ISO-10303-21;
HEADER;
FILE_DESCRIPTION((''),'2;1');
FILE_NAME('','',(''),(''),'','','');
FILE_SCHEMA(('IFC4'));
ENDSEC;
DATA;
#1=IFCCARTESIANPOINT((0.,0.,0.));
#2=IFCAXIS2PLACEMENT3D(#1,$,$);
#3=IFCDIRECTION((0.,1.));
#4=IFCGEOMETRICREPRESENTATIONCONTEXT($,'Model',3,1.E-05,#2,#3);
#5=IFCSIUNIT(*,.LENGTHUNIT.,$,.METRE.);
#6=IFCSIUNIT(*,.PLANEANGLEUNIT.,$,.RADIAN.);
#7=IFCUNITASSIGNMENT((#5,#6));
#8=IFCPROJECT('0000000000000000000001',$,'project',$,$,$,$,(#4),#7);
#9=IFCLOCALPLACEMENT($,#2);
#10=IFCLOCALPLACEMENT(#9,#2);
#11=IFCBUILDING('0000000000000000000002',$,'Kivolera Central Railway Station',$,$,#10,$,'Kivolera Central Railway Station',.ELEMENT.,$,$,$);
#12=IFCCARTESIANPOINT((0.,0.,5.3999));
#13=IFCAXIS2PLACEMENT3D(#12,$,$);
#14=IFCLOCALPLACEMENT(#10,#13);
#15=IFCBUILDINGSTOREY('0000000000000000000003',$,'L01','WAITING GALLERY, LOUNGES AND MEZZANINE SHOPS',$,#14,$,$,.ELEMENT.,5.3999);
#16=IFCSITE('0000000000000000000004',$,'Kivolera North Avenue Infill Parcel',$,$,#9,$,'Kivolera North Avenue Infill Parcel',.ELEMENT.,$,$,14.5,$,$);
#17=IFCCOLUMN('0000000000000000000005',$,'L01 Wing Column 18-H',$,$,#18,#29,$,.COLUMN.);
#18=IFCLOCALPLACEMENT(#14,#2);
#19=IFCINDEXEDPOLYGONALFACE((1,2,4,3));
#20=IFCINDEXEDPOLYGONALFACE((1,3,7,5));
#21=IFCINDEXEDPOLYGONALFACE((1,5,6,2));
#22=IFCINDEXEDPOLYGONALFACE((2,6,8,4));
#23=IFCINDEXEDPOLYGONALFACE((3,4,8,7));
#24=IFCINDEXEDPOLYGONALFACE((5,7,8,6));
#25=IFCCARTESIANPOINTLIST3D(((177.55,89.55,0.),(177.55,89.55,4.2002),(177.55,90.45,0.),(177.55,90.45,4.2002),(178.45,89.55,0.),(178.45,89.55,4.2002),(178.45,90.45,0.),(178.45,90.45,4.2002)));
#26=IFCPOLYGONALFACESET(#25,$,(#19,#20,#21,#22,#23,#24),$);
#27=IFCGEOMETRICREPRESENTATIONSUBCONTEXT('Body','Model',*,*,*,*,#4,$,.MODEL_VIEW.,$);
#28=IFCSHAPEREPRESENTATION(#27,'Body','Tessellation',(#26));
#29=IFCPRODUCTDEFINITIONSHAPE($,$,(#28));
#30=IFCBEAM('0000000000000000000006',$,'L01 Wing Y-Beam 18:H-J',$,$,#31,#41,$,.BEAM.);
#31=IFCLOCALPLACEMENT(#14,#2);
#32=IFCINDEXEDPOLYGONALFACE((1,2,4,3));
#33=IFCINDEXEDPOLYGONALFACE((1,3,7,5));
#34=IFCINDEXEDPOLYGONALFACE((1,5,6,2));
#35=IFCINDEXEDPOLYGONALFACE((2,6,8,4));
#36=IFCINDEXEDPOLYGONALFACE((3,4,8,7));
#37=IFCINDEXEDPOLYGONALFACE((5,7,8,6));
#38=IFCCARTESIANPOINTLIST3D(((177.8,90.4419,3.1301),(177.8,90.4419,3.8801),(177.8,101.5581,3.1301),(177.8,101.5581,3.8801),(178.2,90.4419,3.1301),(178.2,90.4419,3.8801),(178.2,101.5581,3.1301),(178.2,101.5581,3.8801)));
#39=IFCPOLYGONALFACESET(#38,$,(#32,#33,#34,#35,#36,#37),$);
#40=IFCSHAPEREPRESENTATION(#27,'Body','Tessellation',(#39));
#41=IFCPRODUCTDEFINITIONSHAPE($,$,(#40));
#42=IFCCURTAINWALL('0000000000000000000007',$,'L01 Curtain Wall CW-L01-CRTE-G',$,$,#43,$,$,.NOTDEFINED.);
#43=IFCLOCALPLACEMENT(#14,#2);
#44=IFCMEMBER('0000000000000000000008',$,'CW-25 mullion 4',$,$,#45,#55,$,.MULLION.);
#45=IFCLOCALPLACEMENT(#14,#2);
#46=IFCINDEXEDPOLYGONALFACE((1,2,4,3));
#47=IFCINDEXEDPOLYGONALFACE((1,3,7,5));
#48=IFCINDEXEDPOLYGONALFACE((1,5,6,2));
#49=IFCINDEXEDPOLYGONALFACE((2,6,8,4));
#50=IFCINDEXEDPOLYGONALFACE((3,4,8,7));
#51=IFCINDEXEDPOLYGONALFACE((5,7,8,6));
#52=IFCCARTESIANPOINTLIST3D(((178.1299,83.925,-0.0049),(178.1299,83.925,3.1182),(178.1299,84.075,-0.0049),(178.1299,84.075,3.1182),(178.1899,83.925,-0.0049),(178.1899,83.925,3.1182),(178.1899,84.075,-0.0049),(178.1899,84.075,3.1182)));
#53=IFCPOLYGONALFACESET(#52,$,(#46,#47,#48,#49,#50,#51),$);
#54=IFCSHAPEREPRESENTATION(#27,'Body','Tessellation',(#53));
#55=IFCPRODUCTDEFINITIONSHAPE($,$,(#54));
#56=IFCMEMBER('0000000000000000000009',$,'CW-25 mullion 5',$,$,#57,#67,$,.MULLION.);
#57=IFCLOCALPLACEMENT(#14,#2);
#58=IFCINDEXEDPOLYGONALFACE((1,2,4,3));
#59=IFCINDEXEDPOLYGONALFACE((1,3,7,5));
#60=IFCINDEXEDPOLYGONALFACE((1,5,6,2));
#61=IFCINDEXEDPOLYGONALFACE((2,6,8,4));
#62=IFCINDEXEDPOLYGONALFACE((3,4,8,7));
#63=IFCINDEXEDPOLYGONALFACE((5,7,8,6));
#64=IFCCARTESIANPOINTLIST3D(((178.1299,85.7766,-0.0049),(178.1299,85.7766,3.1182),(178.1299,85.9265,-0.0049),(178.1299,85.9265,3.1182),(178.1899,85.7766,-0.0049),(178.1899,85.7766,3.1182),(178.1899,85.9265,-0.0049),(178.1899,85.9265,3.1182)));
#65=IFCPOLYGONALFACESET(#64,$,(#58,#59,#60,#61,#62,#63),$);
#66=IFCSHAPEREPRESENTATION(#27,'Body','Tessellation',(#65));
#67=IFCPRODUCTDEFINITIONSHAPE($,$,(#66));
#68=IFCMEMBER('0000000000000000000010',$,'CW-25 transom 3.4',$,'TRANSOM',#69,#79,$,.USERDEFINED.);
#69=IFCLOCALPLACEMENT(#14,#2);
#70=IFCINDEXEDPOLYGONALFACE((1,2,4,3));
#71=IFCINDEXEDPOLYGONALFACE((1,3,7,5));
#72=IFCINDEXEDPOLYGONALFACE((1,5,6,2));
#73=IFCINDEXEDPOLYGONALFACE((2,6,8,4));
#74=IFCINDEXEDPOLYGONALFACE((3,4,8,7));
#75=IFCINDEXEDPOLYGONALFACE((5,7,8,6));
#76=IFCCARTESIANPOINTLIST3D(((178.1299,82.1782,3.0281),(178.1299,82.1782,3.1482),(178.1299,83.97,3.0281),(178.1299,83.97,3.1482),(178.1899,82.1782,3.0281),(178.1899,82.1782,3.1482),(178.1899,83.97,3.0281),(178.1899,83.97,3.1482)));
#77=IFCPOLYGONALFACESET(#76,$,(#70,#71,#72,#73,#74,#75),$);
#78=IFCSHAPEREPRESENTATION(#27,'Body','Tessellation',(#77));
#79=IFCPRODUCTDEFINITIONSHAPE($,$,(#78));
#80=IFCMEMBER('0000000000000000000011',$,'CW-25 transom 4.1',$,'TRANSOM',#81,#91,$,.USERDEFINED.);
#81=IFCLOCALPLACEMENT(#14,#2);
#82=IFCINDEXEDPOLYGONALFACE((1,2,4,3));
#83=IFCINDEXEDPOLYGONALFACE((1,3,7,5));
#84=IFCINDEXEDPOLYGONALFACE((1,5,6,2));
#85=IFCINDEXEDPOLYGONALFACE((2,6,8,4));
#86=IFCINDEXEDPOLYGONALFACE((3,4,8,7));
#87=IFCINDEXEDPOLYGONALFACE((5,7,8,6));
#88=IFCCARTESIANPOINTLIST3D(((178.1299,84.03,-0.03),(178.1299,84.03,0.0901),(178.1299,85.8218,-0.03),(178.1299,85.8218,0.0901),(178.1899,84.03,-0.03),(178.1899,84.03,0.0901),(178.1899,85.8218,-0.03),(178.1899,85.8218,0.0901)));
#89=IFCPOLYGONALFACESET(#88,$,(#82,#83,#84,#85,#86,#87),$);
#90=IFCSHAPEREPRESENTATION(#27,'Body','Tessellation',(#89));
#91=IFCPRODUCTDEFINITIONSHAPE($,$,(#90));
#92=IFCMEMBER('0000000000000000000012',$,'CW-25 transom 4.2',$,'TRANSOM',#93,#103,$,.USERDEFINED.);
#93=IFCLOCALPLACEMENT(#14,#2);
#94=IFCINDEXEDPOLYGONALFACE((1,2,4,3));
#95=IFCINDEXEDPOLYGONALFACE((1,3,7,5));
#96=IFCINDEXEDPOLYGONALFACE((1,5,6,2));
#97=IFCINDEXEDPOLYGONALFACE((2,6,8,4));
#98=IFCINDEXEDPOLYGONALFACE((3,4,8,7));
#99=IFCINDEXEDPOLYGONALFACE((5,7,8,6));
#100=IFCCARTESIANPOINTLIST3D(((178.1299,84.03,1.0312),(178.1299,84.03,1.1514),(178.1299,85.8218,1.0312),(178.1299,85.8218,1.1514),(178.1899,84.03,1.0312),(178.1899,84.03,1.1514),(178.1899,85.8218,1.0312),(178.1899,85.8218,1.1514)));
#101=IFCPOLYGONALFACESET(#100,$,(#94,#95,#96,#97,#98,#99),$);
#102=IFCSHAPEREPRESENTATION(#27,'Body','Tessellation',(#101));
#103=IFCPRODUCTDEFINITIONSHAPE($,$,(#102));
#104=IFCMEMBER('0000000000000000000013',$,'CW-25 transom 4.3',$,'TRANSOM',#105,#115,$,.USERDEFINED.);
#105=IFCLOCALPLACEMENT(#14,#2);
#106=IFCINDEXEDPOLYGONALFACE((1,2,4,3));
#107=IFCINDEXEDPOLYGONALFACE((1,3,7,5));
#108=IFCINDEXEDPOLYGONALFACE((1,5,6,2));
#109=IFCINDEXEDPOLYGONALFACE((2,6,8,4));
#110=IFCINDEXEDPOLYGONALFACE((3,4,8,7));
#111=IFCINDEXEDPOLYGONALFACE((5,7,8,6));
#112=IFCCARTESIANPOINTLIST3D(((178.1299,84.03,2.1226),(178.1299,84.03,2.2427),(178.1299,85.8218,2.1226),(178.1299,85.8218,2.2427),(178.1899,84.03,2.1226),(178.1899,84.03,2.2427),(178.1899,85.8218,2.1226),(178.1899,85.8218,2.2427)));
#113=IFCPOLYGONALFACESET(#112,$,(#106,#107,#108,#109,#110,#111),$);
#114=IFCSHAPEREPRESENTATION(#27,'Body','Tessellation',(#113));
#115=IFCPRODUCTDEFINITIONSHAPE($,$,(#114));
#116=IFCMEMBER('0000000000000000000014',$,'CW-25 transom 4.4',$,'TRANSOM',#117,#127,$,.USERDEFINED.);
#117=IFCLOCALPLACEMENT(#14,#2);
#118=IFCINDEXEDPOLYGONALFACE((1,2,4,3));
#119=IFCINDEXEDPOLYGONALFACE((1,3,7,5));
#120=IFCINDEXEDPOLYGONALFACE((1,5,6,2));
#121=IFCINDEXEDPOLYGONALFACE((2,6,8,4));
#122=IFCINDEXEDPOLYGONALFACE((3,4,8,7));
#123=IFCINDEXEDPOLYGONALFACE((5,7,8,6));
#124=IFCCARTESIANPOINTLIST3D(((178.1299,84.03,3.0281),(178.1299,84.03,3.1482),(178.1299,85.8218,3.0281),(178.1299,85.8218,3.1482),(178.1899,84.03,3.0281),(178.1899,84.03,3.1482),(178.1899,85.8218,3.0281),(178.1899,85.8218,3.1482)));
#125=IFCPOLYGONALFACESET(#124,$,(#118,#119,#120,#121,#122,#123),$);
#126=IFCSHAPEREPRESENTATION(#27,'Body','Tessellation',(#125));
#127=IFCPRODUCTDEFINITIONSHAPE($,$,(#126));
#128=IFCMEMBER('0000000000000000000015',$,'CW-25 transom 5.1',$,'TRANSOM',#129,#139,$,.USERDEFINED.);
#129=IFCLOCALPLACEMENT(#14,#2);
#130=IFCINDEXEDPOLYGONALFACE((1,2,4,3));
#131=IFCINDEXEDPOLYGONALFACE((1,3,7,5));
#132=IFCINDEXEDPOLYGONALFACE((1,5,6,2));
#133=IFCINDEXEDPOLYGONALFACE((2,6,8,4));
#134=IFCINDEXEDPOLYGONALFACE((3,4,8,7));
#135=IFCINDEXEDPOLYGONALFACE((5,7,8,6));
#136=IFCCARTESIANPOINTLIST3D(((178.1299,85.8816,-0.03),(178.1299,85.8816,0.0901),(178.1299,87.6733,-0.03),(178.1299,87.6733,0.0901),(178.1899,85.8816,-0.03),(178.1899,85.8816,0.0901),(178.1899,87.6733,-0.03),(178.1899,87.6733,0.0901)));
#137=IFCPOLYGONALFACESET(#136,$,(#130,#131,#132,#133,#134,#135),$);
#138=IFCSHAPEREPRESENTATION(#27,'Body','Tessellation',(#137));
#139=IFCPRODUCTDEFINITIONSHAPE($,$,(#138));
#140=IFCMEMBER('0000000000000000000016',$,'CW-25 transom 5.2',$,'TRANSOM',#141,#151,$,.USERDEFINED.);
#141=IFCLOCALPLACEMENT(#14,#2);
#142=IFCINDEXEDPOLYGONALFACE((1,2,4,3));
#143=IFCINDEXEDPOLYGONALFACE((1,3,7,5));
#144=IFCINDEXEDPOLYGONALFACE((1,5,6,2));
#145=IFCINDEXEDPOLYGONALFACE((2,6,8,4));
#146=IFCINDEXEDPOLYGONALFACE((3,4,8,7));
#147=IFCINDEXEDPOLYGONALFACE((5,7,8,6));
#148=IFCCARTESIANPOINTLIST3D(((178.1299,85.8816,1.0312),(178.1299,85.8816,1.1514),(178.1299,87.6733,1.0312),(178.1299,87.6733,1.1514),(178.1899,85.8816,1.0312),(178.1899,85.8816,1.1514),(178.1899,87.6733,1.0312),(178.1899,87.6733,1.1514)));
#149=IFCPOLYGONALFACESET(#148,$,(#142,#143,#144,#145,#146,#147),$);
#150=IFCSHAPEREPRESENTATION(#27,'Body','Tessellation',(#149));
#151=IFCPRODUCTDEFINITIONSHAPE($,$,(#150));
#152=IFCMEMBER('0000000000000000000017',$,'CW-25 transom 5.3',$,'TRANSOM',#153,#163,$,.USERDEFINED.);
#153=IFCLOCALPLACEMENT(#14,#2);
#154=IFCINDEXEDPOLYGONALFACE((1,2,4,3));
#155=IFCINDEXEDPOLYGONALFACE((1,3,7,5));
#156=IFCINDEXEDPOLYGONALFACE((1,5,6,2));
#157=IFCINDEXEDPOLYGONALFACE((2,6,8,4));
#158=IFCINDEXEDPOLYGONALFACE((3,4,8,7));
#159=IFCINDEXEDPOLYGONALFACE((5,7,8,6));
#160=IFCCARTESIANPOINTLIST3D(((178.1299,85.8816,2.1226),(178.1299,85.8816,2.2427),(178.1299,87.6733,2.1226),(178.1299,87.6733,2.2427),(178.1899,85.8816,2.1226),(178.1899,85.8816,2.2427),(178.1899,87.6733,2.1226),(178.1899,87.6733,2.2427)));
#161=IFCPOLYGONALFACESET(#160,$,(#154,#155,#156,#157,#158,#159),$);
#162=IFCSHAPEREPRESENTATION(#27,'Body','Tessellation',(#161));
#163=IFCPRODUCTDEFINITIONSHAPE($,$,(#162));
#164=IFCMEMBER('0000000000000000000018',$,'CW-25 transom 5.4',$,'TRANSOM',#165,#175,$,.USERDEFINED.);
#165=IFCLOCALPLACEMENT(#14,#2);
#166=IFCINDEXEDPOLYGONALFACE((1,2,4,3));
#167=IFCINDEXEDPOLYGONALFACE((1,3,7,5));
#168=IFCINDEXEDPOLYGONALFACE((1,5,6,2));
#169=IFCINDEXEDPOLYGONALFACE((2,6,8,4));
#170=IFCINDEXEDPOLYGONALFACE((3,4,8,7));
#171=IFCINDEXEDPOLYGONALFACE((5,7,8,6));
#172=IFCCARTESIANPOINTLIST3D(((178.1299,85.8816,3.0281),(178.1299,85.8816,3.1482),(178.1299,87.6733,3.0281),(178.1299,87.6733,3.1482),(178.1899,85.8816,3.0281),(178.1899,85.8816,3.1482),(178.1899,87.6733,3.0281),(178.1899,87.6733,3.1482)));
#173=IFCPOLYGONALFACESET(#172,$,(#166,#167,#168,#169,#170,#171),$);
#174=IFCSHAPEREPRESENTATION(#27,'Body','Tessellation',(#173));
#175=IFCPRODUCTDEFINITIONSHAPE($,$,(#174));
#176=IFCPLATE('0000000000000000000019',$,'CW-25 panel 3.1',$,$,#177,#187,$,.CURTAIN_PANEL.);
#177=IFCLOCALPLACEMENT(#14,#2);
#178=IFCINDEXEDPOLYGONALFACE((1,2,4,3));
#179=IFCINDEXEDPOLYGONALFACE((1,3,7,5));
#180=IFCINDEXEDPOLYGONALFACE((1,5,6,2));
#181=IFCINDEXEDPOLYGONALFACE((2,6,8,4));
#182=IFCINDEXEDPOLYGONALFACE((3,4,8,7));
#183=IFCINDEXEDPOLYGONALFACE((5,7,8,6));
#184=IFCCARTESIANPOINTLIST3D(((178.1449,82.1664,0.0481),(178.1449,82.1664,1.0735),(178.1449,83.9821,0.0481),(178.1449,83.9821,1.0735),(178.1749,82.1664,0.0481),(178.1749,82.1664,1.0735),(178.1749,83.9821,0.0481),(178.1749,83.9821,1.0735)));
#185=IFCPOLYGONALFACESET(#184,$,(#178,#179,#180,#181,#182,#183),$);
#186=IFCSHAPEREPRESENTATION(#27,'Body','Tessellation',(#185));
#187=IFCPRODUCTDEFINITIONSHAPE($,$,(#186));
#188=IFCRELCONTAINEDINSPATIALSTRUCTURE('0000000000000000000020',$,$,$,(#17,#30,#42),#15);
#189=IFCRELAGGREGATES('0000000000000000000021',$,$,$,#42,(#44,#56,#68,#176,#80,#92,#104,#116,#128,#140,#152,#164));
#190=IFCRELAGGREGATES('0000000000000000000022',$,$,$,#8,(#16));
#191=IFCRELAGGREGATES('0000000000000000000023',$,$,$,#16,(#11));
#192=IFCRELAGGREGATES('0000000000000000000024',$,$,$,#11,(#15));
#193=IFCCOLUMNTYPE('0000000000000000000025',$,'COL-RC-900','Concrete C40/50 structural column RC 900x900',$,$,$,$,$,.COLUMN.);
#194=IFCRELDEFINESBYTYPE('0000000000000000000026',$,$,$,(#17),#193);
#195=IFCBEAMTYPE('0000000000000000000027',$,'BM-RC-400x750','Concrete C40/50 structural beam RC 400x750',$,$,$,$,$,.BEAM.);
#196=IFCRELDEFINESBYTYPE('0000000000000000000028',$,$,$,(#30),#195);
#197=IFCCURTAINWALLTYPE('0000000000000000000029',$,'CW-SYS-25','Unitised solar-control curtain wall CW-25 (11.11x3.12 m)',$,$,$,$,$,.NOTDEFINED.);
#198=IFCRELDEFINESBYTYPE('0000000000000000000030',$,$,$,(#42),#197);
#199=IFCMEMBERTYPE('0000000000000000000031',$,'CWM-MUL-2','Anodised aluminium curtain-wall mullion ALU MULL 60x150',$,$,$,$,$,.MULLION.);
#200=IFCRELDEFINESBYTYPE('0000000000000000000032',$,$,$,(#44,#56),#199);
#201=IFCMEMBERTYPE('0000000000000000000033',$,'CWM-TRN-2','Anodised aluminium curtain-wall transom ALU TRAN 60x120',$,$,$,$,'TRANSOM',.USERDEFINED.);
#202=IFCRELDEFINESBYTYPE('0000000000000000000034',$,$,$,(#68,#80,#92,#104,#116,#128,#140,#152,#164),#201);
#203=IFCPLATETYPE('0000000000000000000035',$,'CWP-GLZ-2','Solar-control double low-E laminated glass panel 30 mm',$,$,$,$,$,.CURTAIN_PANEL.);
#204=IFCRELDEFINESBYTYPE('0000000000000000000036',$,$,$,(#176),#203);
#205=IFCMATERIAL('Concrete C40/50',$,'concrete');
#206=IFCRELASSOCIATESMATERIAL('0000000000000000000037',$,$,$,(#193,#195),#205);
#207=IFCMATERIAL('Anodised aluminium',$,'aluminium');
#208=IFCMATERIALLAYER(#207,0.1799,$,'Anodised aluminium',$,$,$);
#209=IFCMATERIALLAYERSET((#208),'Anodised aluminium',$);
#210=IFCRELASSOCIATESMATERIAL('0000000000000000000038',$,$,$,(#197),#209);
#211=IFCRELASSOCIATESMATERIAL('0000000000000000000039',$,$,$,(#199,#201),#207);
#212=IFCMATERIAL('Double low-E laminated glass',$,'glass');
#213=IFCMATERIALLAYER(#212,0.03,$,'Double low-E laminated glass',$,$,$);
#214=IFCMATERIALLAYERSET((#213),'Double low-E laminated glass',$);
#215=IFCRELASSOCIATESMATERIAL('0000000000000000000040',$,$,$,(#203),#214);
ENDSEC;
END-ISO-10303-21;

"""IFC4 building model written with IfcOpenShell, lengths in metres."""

from ifc_helpers import new_model, si_unit, direction, frame, origin, origin_2d, place, context, subcontext, project, spatial, rectangle, extrude, material, layer, layer_set, material_profile, profile_set, type_object, element, aggregate, save


model = new_model("IFC4")

# Units and contexts
model_context = context("Model", 3, precision=1e-05, world=origin(), true_north=direction((0.0, 1.0)))
body_context = subcontext(model_context, "Body", "Model", "MODEL_VIEW")
ifc_project = project(units=[si_unit("LENGTHUNIT", "METRE"), si_unit("PLANEANGLEUNIT", "RADIAN")], contexts=[model_context])

# Site, building, storey
site_placement = place(None, origin())
site = spatial("IfcSite", under=ifc_project, at=site_placement, Name="Kivolera North Avenue Infill Parcel", LongName="Kivolera North Avenue Infill Parcel", CompositionType="ELEMENT", RefElevation=14.5)
building_placement = place(site_placement, origin())
building = spatial("IfcBuilding", under=site, at=building_placement, Name="Kivolera Central Railway Station", LongName="Kivolera Central Railway Station", CompositionType="ELEMENT")
storey_placement = place(building_placement, frame((0.0, 0.0, 5.3999)))
storey = spatial("IfcBuildingStorey", under=building, at=storey_placement, Name="L01", Description="WAITING GALLERY, LOUNGES AND MEZZANINE SHOPS", CompositionType="ELEMENT", Elevation=5.3999)

# Column
ifc_material_1 = material(Name="Concrete C40/50", Category="concrete")
ifc_material_profile_1 = material_profile(ifc_material_1, rectangle(XDim=0.8999, YDim=0.8999, at=origin_2d()), Name="RC 900x900")
ifc_profile_set_1 = profile_set([ifc_material_profile_1], Name="Concrete C40/50")
column_type = type_object("IfcColumnType", Name="COL-RC-900", Description="Concrete C40/50 structural column RC 900x900", PredefinedType="COLUMN", material=ifc_profile_set_1)
column_placement = place(storey_placement, frame((178.0, 90.0, 0.0), z_axis=(0.0, 0.0, 1.0), x_axis=(1.0, 0.0, 0.0)))
element("IfcColumn", 1, at=column_placement, inside=storey, type_object=column_type, Name="L01 Wing Column 18-H", PredefinedType="COLUMN", context=body_context, shape_type="SweptSolid", body=[
    extrude(rectangle(XDim=0.8999, YDim=0.8999, at=origin_2d()), origin(), (0.0, 0.0, 1.0), 4.2002),
])

# Beam
ifc_material_profile_2 = material_profile(ifc_material_1, rectangle(XDim=0.3999, YDim=0.75, at=origin_2d()), Name="RC 400x750")
ifc_profile_set_2 = profile_set([ifc_material_profile_2], Name="Concrete C40/50")
beam_type = type_object("IfcBeamType", Name="BM-RC-400x750", Description="Concrete C40/50 structural beam RC 400x750", PredefinedType="BEAM", material=ifc_profile_set_2)
beam_placement = place(storey_placement, frame((178.0, 90.4419, 3.5051), z_axis=(0.0, 1.0, 0.0), x_axis=(-1.0, 0.0, 0.0)))
element("IfcBeam", 2, at=beam_placement, inside=storey, type_object=beam_type, Name="L01 Wing Y-Beam 18:H-J", PredefinedType="BEAM", context=body_context, shape_type="SweptSolid", body=[
    extrude(rectangle(XDim=0.3999, YDim=0.75, at=origin_2d()), origin(), (0.0, 0.0, 1.0), 11.1162),
])

# Curtain wall, members, plate
ifc_material_2 = material(Name="Anodised aluminium", Category="aluminium")
ifc_layer_1 = layer(ifc_material_2, 0.1799, Name="Anodised aluminium")
ifc_layer_set_1 = layer_set([ifc_layer_1], Name="Anodised aluminium")
curtain_wall_type = type_object("IfcCurtainWallType", Name="CW-SYS-25", Description="Unitised solar-control curtain wall CW-25 (11.11x3.12 m)", PredefinedType="NOTDEFINED", material=ifc_layer_set_1)
curtain_wall_placement = place(storey_placement, origin())
curtain_wall = element("IfcCurtainWall", 3, at=curtain_wall_placement, inside=storey, type_object=curtain_wall_type, Name="L01 Curtain Wall CW-L01-CRTE-G", PredefinedType="NOTDEFINED")
ifc_material_profile_3 = material_profile(ifc_material_2, rectangle(XDim=0.0601, YDim=0.1499, at=origin_2d()), Name="ALU MULL 60x150")
ifc_profile_set_3 = profile_set([ifc_material_profile_3], Name="Anodised aluminium")
member_type_1 = type_object("IfcMemberType", Name="CWM-MUL-2", Description="Anodised aluminium curtain-wall mullion ALU MULL 60x150", PredefinedType="MULLION", material=ifc_profile_set_3)
member_1_placement = place(storey_placement, frame((178.1599, 84.0, -0.0049), z_axis=(0.0, 0.0, 1.0), x_axis=(-1.0, 0.0, 0.0)))
member_1 = element("IfcMember", 4, at=member_1_placement, type_object=member_type_1, Name="CW-25 mullion 4", PredefinedType="MULLION", context=body_context, shape_type="SweptSolid", body=[
    extrude(rectangle(XDim=0.0601, YDim=0.1499, at=origin_2d()), origin(), (0.0, 0.0, 1.0), 3.123),
])
member_2_placement = place(storey_placement, frame((178.1599, 85.8516, -0.0049), z_axis=(0.0, 0.0, 1.0), x_axis=(-1.0, 0.0, 0.0)))
member_2 = element("IfcMember", 5, at=member_2_placement, type_object=member_type_1, Name="CW-25 mullion 5", PredefinedType="MULLION", context=body_context, shape_type="SweptSolid", body=[
    extrude(rectangle(XDim=0.0601, YDim=0.1499, at=origin_2d()), origin(), (0.0, 0.0, 1.0), 3.123),
])
ifc_material_profile_4 = material_profile(ifc_material_2, rectangle(XDim=0.0601, YDim=0.1201, at=origin_2d()), Name="ALU TRAN 60x120")
ifc_profile_set_4 = profile_set([ifc_material_profile_4], Name="Anodised aluminium")
member_type_2 = type_object("IfcMemberType", Name="CWM-TRN-2", Description="Anodised aluminium curtain-wall transom ALU TRAN 60x120", ElementType="TRANSOM", PredefinedType="USERDEFINED", material=ifc_profile_set_4)
member_3_placement = place(storey_placement, frame((178.1599, 82.1782, 3.0881), z_axis=(0.0, 1.0, 0.0), x_axis=(-1.0, 0.0, 0.0)))
member_3 = element("IfcMember", 6, at=member_3_placement, type_object=member_type_2, Name="CW-25 transom 3.4", ObjectType="TRANSOM", PredefinedType="USERDEFINED", context=body_context, shape_type="SweptSolid", body=[
    extrude(rectangle(XDim=0.0601, YDim=0.1201, at=origin_2d()), origin(), (0.0, 0.0, 1.0), 1.7917),
])
member_4_placement = place(storey_placement, frame((178.1599, 84.03, 0.03), z_axis=(0.0, 1.0, 0.0), x_axis=(-1.0, 0.0, 0.0)))
member_4 = element("IfcMember", 7, at=member_4_placement, type_object=member_type_2, Name="CW-25 transom 4.1", ObjectType="TRANSOM", PredefinedType="USERDEFINED", context=body_context, shape_type="SweptSolid", body=[
    extrude(rectangle(XDim=0.0601, YDim=0.1201, at=origin_2d()), origin(), (0.0, 0.0, 1.0), 1.7917),
])
member_5_placement = place(storey_placement, frame((178.1599, 84.03, 1.0913), z_axis=(0.0, 1.0, 0.0), x_axis=(-1.0, 0.0, 0.0)))
member_5 = element("IfcMember", 8, at=member_5_placement, type_object=member_type_2, Name="CW-25 transom 4.2", ObjectType="TRANSOM", PredefinedType="USERDEFINED", context=body_context, shape_type="SweptSolid", body=[
    extrude(rectangle(XDim=0.0601, YDim=0.1201, at=origin_2d()), origin(), (0.0, 0.0, 1.0), 1.7917),
])
member_6_placement = place(storey_placement, frame((178.1599, 84.03, 2.1826), z_axis=(0.0, 1.0, 0.0), x_axis=(-1.0, 0.0, 0.0)))
member_6 = element("IfcMember", 9, at=member_6_placement, type_object=member_type_2, Name="CW-25 transom 4.3", ObjectType="TRANSOM", PredefinedType="USERDEFINED", context=body_context, shape_type="SweptSolid", body=[
    extrude(rectangle(XDim=0.0601, YDim=0.1201, at=origin_2d()), origin(), (0.0, 0.0, 1.0), 1.7917),
])
member_7_placement = place(storey_placement, frame((178.1599, 84.03, 3.0881), z_axis=(0.0, 1.0, 0.0), x_axis=(-1.0, 0.0, 0.0)))
member_7 = element("IfcMember", 10, at=member_7_placement, type_object=member_type_2, Name="CW-25 transom 4.4", ObjectType="TRANSOM", PredefinedType="USERDEFINED", context=body_context, shape_type="SweptSolid", body=[
    extrude(rectangle(XDim=0.0601, YDim=0.1201, at=origin_2d()), origin(), (0.0, 0.0, 1.0), 1.7917),
])
member_8_placement = place(storey_placement, frame((178.1599, 85.8816, 0.03), z_axis=(0.0, 1.0, 0.0), x_axis=(-1.0, 0.0, 0.0)))
member_8 = element("IfcMember", 11, at=member_8_placement, type_object=member_type_2, Name="CW-25 transom 5.1", ObjectType="TRANSOM", PredefinedType="USERDEFINED", context=body_context, shape_type="SweptSolid", body=[
    extrude(rectangle(XDim=0.0601, YDim=0.1201, at=origin_2d()), origin(), (0.0, 0.0, 1.0), 1.7917),
])
member_9_placement = place(storey_placement, frame((178.1599, 85.8816, 1.0913), z_axis=(0.0, 1.0, 0.0), x_axis=(-1.0, 0.0, 0.0)))
member_9 = element("IfcMember", 12, at=member_9_placement, type_object=member_type_2, Name="CW-25 transom 5.2", ObjectType="TRANSOM", PredefinedType="USERDEFINED", context=body_context, shape_type="SweptSolid", body=[
    extrude(rectangle(XDim=0.0601, YDim=0.1201, at=origin_2d()), origin(), (0.0, 0.0, 1.0), 1.7917),
])
member_10_placement = place(storey_placement, frame((178.1599, 85.8816, 2.1826), z_axis=(0.0, 1.0, 0.0), x_axis=(-1.0, 0.0, 0.0)))
member_10 = element("IfcMember", 13, at=member_10_placement, type_object=member_type_2, Name="CW-25 transom 5.3", ObjectType="TRANSOM", PredefinedType="USERDEFINED", context=body_context, shape_type="SweptSolid", body=[
    extrude(rectangle(XDim=0.0601, YDim=0.1201, at=origin_2d()), origin(), (0.0, 0.0, 1.0), 1.7917),
])
member_11_placement = place(storey_placement, frame((178.1599, 85.8816, 3.0881), z_axis=(0.0, 1.0, 0.0), x_axis=(-1.0, 0.0, 0.0)))
member_11 = element("IfcMember", 14, at=member_11_placement, type_object=member_type_2, Name="CW-25 transom 5.4", ObjectType="TRANSOM", PredefinedType="USERDEFINED", context=body_context, shape_type="SweptSolid", body=[
    extrude(rectangle(XDim=0.0601, YDim=0.1201, at=origin_2d()), origin(), (0.0, 0.0, 1.0), 1.7917),
])
ifc_material_3 = material(Name="Double low-E laminated glass", Category="glass")
ifc_layer_2 = layer(ifc_material_3, 0.03, Name="Double low-E laminated glass")
ifc_layer_set_2 = layer_set([ifc_layer_2], Name="Double low-E laminated glass")
plate_type = type_object("IfcPlateType", Name="CWP-GLZ-2", Description="Solar-control double low-E laminated glass panel 30 mm", PredefinedType="CURTAIN_PANEL", material=ifc_layer_set_2)
plate_1_placement = place(storey_placement, frame((178.1599, 83.0742, 0.0481), z_axis=(0.0, 0.0, 1.0), x_axis=(0.0, 1.0, 0.0)))
plate_1 = element("IfcPlate", 15, at=plate_1_placement, type_object=plate_type, Name="CW-25 panel 3.1", PredefinedType="CURTAIN_PANEL", context=body_context, shape_type="SweptSolid", body=[
    extrude(rectangle(XDim=1.8157, YDim=0.03, at=origin_2d()), origin(), (0.0, 0.0, 1.0), 1.0254),
])
aggregate(curtain_wall, [member_1, member_2, member_3, plate_1, member_4, member_5, member_6, member_7, member_8, member_9, member_10, member_11])

save(model, "model.ifc")
